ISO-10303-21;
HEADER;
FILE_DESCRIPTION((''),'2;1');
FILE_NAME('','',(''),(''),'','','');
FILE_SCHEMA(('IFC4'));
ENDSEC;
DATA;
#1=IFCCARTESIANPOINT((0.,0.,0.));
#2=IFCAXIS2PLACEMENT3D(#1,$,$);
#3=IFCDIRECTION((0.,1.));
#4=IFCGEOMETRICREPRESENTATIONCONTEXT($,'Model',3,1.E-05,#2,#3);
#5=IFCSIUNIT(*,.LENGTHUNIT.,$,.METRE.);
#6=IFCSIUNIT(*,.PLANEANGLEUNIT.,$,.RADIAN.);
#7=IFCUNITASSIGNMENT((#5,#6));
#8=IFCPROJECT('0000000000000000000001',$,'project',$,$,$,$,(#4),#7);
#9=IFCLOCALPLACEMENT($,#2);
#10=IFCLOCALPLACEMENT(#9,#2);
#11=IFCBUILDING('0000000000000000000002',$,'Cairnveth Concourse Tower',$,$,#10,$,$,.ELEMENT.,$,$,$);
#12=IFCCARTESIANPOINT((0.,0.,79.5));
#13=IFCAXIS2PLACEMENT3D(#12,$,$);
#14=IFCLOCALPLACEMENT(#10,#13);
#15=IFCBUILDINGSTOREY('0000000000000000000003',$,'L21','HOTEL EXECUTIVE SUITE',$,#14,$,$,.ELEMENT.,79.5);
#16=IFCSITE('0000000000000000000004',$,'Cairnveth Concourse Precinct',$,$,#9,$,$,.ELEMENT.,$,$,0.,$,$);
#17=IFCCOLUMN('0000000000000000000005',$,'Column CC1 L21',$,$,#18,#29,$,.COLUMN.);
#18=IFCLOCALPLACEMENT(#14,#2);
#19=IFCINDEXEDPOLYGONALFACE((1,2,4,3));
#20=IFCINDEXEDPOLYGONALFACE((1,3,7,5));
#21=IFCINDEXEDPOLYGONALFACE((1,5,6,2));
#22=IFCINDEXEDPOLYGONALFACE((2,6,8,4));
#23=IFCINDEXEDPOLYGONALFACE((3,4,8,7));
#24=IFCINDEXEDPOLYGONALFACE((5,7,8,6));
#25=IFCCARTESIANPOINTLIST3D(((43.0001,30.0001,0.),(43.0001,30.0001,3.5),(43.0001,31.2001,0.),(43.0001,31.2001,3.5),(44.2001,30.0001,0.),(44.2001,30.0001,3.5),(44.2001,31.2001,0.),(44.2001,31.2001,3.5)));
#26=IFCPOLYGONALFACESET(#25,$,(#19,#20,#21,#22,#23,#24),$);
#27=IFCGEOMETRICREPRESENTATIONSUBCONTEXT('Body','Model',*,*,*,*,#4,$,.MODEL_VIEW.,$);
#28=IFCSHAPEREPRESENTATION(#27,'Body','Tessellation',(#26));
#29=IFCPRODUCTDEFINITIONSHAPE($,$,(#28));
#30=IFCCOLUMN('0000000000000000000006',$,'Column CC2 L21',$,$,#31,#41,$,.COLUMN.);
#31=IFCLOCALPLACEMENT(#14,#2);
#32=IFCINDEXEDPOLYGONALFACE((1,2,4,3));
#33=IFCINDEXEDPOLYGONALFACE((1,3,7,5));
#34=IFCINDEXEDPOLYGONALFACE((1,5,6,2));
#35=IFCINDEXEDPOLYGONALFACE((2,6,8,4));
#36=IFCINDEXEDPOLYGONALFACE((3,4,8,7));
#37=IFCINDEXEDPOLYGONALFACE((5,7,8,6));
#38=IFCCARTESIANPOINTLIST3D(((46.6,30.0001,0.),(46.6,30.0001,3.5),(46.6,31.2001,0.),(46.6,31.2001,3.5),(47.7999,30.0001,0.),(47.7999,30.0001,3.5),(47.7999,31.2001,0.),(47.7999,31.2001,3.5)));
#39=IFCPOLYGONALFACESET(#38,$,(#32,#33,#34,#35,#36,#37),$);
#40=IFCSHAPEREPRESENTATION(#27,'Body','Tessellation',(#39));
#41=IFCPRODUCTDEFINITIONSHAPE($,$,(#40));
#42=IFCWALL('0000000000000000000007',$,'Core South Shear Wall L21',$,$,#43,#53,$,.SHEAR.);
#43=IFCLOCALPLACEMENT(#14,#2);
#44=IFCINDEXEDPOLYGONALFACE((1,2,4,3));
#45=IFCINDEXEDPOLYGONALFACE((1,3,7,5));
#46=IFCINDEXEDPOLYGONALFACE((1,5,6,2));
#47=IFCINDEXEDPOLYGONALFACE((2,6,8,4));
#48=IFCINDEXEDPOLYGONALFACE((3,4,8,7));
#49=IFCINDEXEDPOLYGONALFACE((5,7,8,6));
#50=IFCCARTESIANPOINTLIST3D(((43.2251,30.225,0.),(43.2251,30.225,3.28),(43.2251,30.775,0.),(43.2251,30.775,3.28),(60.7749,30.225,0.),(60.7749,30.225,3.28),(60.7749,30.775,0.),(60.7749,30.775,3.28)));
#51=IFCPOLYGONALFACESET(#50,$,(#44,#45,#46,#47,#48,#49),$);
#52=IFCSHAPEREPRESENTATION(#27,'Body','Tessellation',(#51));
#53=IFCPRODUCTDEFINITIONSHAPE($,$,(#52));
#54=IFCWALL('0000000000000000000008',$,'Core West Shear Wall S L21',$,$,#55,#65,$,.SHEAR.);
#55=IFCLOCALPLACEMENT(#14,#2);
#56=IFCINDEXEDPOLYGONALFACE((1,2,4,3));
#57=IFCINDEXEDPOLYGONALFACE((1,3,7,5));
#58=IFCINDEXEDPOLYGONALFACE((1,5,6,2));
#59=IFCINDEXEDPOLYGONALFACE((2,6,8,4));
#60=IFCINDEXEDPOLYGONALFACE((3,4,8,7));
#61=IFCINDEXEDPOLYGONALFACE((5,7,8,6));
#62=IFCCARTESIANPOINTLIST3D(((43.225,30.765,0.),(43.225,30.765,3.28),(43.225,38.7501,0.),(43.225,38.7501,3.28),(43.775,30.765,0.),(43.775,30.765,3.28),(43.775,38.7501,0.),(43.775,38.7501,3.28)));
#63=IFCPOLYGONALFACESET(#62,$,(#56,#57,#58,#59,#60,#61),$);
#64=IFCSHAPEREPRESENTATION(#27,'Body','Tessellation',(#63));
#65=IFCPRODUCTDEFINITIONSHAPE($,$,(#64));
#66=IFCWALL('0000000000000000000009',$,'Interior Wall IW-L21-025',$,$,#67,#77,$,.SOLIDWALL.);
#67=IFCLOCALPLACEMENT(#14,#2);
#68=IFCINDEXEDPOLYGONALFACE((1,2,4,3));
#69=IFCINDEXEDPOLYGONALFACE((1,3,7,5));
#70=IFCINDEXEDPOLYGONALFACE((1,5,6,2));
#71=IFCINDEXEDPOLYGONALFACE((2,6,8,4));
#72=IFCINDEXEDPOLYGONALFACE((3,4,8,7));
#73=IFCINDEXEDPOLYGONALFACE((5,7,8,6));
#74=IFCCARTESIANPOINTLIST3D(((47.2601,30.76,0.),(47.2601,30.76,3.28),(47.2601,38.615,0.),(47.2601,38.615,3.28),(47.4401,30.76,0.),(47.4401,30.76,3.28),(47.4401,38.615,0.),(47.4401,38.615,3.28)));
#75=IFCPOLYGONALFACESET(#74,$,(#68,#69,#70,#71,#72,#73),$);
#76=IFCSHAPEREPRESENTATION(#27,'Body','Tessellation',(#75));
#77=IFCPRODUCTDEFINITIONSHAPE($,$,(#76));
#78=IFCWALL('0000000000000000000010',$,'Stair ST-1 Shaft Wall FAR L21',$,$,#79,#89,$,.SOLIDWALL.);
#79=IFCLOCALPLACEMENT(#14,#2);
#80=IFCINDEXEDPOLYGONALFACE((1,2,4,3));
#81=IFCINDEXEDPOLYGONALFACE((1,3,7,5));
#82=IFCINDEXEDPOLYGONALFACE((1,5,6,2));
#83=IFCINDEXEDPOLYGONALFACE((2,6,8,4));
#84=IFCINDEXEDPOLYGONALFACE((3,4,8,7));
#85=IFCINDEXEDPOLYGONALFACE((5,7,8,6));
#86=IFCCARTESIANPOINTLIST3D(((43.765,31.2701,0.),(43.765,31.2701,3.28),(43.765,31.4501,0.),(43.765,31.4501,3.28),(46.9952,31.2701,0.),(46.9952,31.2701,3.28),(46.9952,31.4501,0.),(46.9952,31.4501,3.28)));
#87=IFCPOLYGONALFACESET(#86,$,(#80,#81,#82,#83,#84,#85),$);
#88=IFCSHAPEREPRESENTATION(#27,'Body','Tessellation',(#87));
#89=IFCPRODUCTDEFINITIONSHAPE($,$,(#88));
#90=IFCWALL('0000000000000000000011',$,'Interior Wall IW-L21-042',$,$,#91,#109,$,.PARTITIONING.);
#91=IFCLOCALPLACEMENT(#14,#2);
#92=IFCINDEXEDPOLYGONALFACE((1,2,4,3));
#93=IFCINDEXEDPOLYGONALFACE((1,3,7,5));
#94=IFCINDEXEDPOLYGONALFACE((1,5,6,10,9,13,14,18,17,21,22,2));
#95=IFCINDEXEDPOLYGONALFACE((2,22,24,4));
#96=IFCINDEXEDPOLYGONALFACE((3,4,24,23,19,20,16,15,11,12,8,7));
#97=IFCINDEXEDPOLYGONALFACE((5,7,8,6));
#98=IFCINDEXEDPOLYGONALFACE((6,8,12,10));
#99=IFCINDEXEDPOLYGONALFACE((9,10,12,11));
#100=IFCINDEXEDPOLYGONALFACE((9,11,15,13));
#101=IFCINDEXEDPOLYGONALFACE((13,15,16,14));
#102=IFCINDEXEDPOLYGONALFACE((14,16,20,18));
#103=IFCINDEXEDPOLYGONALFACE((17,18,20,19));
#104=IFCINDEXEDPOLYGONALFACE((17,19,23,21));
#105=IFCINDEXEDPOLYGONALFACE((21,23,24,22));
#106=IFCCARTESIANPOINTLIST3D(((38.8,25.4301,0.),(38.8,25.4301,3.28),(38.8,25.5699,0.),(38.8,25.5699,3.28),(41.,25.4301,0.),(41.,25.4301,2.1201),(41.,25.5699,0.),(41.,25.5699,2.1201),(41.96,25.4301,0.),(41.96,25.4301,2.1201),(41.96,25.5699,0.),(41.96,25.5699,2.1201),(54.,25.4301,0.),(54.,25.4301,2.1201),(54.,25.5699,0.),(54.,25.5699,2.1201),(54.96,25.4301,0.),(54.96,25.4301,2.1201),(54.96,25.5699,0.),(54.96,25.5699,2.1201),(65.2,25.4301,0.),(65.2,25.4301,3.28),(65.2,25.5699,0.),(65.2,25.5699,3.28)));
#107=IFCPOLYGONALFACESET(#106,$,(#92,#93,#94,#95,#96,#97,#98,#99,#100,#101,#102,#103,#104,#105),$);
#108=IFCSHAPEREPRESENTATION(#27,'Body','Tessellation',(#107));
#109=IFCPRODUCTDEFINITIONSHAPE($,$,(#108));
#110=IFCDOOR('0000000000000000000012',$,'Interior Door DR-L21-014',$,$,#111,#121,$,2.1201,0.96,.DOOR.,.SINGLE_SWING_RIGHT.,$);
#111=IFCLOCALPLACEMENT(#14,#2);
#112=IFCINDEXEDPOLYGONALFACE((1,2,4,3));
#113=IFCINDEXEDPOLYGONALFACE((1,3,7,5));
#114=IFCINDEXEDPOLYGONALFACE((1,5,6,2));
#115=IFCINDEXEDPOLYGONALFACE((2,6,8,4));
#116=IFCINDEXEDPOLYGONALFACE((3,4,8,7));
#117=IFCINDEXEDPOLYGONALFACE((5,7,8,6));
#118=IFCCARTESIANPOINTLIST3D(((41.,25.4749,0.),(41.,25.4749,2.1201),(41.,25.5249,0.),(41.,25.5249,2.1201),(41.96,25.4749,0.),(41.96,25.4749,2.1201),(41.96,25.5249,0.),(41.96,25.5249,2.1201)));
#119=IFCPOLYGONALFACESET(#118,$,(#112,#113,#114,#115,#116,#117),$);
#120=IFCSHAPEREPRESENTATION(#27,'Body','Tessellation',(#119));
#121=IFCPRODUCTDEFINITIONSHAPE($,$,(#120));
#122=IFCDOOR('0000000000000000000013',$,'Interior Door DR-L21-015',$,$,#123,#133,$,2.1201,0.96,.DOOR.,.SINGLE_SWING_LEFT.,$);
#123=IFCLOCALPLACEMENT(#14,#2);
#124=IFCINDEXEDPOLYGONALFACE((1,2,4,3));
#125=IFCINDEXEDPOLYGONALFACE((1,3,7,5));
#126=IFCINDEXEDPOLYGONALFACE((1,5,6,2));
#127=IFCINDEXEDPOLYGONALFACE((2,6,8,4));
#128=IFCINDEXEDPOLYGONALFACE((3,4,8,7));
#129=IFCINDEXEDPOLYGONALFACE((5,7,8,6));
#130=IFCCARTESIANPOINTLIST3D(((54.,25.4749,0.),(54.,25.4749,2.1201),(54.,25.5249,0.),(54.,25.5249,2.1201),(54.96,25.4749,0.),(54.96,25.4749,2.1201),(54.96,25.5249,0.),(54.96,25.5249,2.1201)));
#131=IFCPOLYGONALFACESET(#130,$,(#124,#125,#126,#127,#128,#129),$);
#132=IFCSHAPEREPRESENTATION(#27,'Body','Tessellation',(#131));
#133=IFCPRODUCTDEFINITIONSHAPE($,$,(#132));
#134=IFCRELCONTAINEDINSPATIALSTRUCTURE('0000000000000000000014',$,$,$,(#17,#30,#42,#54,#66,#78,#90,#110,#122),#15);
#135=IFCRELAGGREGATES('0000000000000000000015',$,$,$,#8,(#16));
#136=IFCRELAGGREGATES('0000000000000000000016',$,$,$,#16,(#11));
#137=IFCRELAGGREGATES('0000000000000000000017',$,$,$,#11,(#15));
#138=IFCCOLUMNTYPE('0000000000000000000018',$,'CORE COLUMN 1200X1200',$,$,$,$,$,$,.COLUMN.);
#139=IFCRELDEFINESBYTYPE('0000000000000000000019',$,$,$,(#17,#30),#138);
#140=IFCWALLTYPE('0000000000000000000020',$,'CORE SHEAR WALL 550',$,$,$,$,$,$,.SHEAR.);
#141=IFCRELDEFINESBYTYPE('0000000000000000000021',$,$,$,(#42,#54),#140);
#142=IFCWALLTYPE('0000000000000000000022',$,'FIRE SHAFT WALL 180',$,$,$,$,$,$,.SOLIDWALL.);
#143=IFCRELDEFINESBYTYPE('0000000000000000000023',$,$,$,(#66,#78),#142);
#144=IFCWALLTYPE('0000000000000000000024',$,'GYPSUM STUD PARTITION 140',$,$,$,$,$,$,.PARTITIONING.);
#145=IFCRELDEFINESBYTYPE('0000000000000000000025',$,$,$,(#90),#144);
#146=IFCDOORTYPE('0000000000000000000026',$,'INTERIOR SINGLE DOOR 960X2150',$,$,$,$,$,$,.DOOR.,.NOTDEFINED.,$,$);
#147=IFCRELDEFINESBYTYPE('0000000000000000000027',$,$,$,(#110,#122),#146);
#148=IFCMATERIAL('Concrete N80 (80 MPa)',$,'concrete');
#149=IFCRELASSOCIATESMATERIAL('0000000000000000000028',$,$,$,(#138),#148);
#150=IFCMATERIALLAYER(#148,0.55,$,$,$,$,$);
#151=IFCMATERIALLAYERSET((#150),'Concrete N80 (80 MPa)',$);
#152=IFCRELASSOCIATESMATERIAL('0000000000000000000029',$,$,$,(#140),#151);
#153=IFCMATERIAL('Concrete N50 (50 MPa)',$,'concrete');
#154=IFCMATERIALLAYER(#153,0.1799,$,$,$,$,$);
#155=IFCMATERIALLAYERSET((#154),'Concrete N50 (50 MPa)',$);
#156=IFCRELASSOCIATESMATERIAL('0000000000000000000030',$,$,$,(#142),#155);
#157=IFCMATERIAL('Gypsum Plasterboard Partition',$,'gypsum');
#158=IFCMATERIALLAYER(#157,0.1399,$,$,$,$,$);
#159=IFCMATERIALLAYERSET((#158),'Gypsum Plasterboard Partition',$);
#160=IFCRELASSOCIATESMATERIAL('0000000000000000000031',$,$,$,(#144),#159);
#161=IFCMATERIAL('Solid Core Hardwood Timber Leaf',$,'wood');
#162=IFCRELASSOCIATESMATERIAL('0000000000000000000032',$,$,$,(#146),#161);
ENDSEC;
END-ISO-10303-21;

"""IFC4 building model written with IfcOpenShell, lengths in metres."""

from ifc_helpers import new_model, si_unit, direction, frame, frame_2d, origin, origin_2d, place, context, subcontext, project, spatial, rectangle, extrude, material, layer, layer_set, material_profile, profile_set, type_object, element, fill, save


model = new_model("IFC4")

# Units and contexts
model_context = context("Model", 3, precision=1e-05, world=origin(), true_north=direction((0.0, 1.0)))
body_context = subcontext(model_context, "Body", "Model", "MODEL_VIEW")
ifc_project = project(units=[si_unit("LENGTHUNIT", "METRE"), si_unit("PLANEANGLEUNIT", "RADIAN")], contexts=[model_context])

# Site, building, storey
site_placement = place(None, origin())
site = spatial("IfcSite", under=ifc_project, at=site_placement, Name="Cairnveth Concourse Precinct", CompositionType="ELEMENT", RefElevation=0.0)
building_placement = place(site_placement, origin())
building = spatial("IfcBuilding", under=site, at=building_placement, Name="Cairnveth Concourse Tower", CompositionType="ELEMENT")
storey_placement = place(building_placement, frame((0.0, 0.0, 79.5)))
storey = spatial("IfcBuildingStorey", under=building, at=storey_placement, Name="L21", Description="HOTEL EXECUTIVE SUITE", CompositionType="ELEMENT", Elevation=79.5)

# Columns
ifc_material_1 = material(Name="Concrete N80 (80 MPa)", Category="concrete")
ifc_material_profile = material_profile(ifc_material_1, rectangle(XDim=1.2, YDim=1.2, at=origin_2d()), Name="RC-COL-1200x1200")
ifc_profile_set = profile_set([ifc_material_profile], Name="Concrete N80 (80 MPa)")
column_type = type_object("IfcColumnType", Name="CORE COLUMN 1200X1200", PredefinedType="COLUMN", material=ifc_profile_set)
for number, where, z_axis, x_axis, name in (
    (1, (43.6001, 30.6001, 0.0), (0.0, 0.0, 1.0), (1.0, 0.0, 0.0), "Column CC1 L21"),
    (2, (47.2, 30.6001, 0.0), (0.0, 0.0, 1.0), (1.0, 0.0, 0.0), "Column CC2 L21"),
):
    element("IfcColumn", number, at=place(storey_placement, frame(where, z_axis=z_axis, x_axis=x_axis)), inside=storey, type_object=column_type, Name=name, PredefinedType="COLUMN", context=body_context, shape_type="SweptSolid", body=[
        extrude(rectangle(XDim=1.2, YDim=1.2, at=origin_2d()), origin(), (0.0, 0.0, 1.0), 3.5),
    ])

# Walls
ifc_layer_1 = layer(ifc_material_1, 0.55)
ifc_layer_set_1 = layer_set([ifc_layer_1], Name="Concrete N80 (80 MPa)")
wall_type_1 = type_object("IfcWallType", Name="CORE SHEAR WALL 550", PredefinedType="SHEAR", material=ifc_layer_set_1)
wall_1_placement = place(storey_placement, frame((43.2251, 30.5, 0.0), z_axis=(0.0, 0.0, 1.0), x_axis=(1.0, 0.0, 0.0)))
element("IfcWall", 3, at=wall_1_placement, inside=storey, type_object=wall_type_1, Name="Core South Shear Wall L21", PredefinedType="SHEAR", context=body_context, shape_type="SweptSolid", body=[
    extrude(rectangle(XDim=17.5498, YDim=0.55, at=frame_2d((8.7749, 0.0))), origin(), (0.0, 0.0, 1.0), 3.28),
])
wall_2_placement = place(storey_placement, frame((43.5, 30.7649, 0.0), z_axis=(0.0, 0.0, 1.0), x_axis=(0.0, 1.0, 0.0)))
element("IfcWall", 4, at=wall_2_placement, inside=storey, type_object=wall_type_1, Name="Core West Shear Wall S L21", PredefinedType="SHEAR", context=body_context, shape_type="SweptSolid", body=[
    extrude(rectangle(XDim=7.9851, YDim=0.55, at=frame_2d((3.9927, 0.0))), origin(), (0.0, 0.0, 1.0), 3.28),
])
ifc_material_2 = material(Name="Concrete N50 (50 MPa)", Category="concrete")
ifc_layer_2 = layer(ifc_material_2, 0.1799)
ifc_layer_set_2 = layer_set([ifc_layer_2], Name="Concrete N50 (50 MPa)")
wall_type_2 = type_object("IfcWallType", Name="FIRE SHAFT WALL 180", PredefinedType="SOLIDWALL", material=ifc_layer_set_2)
wall_3_placement = place(storey_placement, frame((47.3501, 30.76, 0.0), z_axis=(0.0, 0.0, 1.0), x_axis=(0.0, 1.0, 0.0)))
element("IfcWall", 5, at=wall_3_placement, inside=storey, type_object=wall_type_2, Name="Interior Wall IW-L21-025", PredefinedType="SOLIDWALL", context=body_context, shape_type="SweptSolid", body=[
    extrude(rectangle(XDim=7.855, YDim=0.1799, at=frame_2d((3.9275, 0.0))), origin(), (0.0, 0.0, 1.0), 3.28),
])
wall_4_placement = place(storey_placement, frame((43.7649, 31.3601, 0.0), z_axis=(0.0, 0.0, 1.0), x_axis=(1.0, 0.0, 0.0)))
element("IfcWall", 6, at=wall_4_placement, inside=storey, type_object=wall_type_2, Name="Stair ST-1 Shaft Wall FAR L21", PredefinedType="SOLIDWALL", context=body_context, shape_type="SweptSolid", body=[
    extrude(rectangle(XDim=3.2302, YDim=0.1799, at=frame_2d((1.6152, 0.0))), origin(), (0.0, 0.0, 1.0), 3.28),
])

# Wall, openings, doors
ifc_material_3 = material(Name="Gypsum Plasterboard Partition", Category="gypsum")
ifc_layer_3 = layer(ifc_material_3, 0.1399)
ifc_layer_set_3 = layer_set([ifc_layer_3], Name="Gypsum Plasterboard Partition")
wall_type_3 = type_object("IfcWallType", Name="GYPSUM STUD PARTITION 140", PredefinedType="PARTITIONING", material=ifc_layer_set_3)
wall_5_placement = place(storey_placement, frame((38.8, 25.5, 0.0), z_axis=(0.0, 0.0, 1.0), x_axis=(1.0, 0.0, 0.0)))
wall_5 = element("IfcWall", 7, at=wall_5_placement, inside=storey, type_object=wall_type_3, Name="Interior Wall IW-L21-042", PredefinedType="PARTITIONING", context=body_context, shape_type="SweptSolid", body=[
    extrude(rectangle(XDim=26.3999, YDim=0.1399, at=frame_2d((13.2, 0.0))), origin(), (0.0, 0.0, 1.0), 3.28),
])
opening_1_placement = place(wall_5_placement, frame((2.2, 0.0, 0.0)))
opening_1 = element("IfcOpeningElement", 8, at=opening_1_placement, cuts=wall_5, PredefinedType="OPENING", context=body_context, shape_type="SweptSolid", body=[
    extrude(rectangle(XDim=0.96, YDim=2.1201, at=frame_2d((0.48, 1.0601))), frame((0.0, 0.0798, 0.0), z_axis=(0.0, -1.0, 0.0), x_axis=(1.0, 0.0, 0.0)), (0.0, 0.0, 1.0), 0.1599),
])
opening_2_placement = place(wall_5_placement, frame((15.2, 0.0, 0.0)))
opening_2 = element("IfcOpeningElement", 9, at=opening_2_placement, cuts=wall_5, PredefinedType="OPENING", context=body_context, shape_type="SweptSolid", body=[
    extrude(rectangle(XDim=0.96, YDim=2.1201, at=frame_2d((0.48, 1.0601))), frame((0.0, 0.0798, 0.0), z_axis=(0.0, -1.0, 0.0), x_axis=(1.0, 0.0, 0.0)), (0.0, 0.0, 1.0), 0.1599),
])
ifc_material_4 = material(Name="Solid Core Hardwood Timber Leaf", Category="wood")
door_type_1 = type_object("IfcDoorType", Name="INTERIOR SINGLE DOOR 960X2150", OperationType="NOTDEFINED", PredefinedType="DOOR", material=ifc_material_4)
door_1_placement = place(opening_1_placement, origin())
door_1 = element("IfcDoor", 10, at=door_1_placement, inside=storey, type_object=door_type_1, Name="Interior Door DR-L21-014", OperationType="SINGLE_SWING_RIGHT", OverallHeight=2.1201, OverallWidth=0.96, PredefinedType="DOOR", context=body_context, shape_type="SweptSolid", body=[
    extrude(rectangle(XDim=0.96, YDim=2.1201, at=frame_2d((0.48, 1.0601))), frame((0.0, 0.0249, 0.0), z_axis=(0.0, -1.0, 0.0), x_axis=(1.0, 0.0, 0.0)), (0.0, 0.0, 1.0), 0.05),
])
fill(opening_1, door_1)
door_2_placement = place(opening_2_placement, origin())
door_2 = element("IfcDoor", 11, at=door_2_placement, inside=storey, type_object=door_type_1, Name="Interior Door DR-L21-015", OperationType="SINGLE_SWING_LEFT", OverallHeight=2.1201, OverallWidth=0.96, PredefinedType="DOOR", context=body_context, shape_type="SweptSolid", body=[
    extrude(rectangle(XDim=0.96, YDim=2.1201, at=frame_2d((0.48, 1.0601))), frame((0.0, 0.0249, 0.0), z_axis=(0.0, -1.0, 0.0), x_axis=(1.0, 0.0, 0.0)), (0.0, 0.0, 1.0), 0.05),
])
fill(opening_2, door_2)

save(model, "model.ifc")
